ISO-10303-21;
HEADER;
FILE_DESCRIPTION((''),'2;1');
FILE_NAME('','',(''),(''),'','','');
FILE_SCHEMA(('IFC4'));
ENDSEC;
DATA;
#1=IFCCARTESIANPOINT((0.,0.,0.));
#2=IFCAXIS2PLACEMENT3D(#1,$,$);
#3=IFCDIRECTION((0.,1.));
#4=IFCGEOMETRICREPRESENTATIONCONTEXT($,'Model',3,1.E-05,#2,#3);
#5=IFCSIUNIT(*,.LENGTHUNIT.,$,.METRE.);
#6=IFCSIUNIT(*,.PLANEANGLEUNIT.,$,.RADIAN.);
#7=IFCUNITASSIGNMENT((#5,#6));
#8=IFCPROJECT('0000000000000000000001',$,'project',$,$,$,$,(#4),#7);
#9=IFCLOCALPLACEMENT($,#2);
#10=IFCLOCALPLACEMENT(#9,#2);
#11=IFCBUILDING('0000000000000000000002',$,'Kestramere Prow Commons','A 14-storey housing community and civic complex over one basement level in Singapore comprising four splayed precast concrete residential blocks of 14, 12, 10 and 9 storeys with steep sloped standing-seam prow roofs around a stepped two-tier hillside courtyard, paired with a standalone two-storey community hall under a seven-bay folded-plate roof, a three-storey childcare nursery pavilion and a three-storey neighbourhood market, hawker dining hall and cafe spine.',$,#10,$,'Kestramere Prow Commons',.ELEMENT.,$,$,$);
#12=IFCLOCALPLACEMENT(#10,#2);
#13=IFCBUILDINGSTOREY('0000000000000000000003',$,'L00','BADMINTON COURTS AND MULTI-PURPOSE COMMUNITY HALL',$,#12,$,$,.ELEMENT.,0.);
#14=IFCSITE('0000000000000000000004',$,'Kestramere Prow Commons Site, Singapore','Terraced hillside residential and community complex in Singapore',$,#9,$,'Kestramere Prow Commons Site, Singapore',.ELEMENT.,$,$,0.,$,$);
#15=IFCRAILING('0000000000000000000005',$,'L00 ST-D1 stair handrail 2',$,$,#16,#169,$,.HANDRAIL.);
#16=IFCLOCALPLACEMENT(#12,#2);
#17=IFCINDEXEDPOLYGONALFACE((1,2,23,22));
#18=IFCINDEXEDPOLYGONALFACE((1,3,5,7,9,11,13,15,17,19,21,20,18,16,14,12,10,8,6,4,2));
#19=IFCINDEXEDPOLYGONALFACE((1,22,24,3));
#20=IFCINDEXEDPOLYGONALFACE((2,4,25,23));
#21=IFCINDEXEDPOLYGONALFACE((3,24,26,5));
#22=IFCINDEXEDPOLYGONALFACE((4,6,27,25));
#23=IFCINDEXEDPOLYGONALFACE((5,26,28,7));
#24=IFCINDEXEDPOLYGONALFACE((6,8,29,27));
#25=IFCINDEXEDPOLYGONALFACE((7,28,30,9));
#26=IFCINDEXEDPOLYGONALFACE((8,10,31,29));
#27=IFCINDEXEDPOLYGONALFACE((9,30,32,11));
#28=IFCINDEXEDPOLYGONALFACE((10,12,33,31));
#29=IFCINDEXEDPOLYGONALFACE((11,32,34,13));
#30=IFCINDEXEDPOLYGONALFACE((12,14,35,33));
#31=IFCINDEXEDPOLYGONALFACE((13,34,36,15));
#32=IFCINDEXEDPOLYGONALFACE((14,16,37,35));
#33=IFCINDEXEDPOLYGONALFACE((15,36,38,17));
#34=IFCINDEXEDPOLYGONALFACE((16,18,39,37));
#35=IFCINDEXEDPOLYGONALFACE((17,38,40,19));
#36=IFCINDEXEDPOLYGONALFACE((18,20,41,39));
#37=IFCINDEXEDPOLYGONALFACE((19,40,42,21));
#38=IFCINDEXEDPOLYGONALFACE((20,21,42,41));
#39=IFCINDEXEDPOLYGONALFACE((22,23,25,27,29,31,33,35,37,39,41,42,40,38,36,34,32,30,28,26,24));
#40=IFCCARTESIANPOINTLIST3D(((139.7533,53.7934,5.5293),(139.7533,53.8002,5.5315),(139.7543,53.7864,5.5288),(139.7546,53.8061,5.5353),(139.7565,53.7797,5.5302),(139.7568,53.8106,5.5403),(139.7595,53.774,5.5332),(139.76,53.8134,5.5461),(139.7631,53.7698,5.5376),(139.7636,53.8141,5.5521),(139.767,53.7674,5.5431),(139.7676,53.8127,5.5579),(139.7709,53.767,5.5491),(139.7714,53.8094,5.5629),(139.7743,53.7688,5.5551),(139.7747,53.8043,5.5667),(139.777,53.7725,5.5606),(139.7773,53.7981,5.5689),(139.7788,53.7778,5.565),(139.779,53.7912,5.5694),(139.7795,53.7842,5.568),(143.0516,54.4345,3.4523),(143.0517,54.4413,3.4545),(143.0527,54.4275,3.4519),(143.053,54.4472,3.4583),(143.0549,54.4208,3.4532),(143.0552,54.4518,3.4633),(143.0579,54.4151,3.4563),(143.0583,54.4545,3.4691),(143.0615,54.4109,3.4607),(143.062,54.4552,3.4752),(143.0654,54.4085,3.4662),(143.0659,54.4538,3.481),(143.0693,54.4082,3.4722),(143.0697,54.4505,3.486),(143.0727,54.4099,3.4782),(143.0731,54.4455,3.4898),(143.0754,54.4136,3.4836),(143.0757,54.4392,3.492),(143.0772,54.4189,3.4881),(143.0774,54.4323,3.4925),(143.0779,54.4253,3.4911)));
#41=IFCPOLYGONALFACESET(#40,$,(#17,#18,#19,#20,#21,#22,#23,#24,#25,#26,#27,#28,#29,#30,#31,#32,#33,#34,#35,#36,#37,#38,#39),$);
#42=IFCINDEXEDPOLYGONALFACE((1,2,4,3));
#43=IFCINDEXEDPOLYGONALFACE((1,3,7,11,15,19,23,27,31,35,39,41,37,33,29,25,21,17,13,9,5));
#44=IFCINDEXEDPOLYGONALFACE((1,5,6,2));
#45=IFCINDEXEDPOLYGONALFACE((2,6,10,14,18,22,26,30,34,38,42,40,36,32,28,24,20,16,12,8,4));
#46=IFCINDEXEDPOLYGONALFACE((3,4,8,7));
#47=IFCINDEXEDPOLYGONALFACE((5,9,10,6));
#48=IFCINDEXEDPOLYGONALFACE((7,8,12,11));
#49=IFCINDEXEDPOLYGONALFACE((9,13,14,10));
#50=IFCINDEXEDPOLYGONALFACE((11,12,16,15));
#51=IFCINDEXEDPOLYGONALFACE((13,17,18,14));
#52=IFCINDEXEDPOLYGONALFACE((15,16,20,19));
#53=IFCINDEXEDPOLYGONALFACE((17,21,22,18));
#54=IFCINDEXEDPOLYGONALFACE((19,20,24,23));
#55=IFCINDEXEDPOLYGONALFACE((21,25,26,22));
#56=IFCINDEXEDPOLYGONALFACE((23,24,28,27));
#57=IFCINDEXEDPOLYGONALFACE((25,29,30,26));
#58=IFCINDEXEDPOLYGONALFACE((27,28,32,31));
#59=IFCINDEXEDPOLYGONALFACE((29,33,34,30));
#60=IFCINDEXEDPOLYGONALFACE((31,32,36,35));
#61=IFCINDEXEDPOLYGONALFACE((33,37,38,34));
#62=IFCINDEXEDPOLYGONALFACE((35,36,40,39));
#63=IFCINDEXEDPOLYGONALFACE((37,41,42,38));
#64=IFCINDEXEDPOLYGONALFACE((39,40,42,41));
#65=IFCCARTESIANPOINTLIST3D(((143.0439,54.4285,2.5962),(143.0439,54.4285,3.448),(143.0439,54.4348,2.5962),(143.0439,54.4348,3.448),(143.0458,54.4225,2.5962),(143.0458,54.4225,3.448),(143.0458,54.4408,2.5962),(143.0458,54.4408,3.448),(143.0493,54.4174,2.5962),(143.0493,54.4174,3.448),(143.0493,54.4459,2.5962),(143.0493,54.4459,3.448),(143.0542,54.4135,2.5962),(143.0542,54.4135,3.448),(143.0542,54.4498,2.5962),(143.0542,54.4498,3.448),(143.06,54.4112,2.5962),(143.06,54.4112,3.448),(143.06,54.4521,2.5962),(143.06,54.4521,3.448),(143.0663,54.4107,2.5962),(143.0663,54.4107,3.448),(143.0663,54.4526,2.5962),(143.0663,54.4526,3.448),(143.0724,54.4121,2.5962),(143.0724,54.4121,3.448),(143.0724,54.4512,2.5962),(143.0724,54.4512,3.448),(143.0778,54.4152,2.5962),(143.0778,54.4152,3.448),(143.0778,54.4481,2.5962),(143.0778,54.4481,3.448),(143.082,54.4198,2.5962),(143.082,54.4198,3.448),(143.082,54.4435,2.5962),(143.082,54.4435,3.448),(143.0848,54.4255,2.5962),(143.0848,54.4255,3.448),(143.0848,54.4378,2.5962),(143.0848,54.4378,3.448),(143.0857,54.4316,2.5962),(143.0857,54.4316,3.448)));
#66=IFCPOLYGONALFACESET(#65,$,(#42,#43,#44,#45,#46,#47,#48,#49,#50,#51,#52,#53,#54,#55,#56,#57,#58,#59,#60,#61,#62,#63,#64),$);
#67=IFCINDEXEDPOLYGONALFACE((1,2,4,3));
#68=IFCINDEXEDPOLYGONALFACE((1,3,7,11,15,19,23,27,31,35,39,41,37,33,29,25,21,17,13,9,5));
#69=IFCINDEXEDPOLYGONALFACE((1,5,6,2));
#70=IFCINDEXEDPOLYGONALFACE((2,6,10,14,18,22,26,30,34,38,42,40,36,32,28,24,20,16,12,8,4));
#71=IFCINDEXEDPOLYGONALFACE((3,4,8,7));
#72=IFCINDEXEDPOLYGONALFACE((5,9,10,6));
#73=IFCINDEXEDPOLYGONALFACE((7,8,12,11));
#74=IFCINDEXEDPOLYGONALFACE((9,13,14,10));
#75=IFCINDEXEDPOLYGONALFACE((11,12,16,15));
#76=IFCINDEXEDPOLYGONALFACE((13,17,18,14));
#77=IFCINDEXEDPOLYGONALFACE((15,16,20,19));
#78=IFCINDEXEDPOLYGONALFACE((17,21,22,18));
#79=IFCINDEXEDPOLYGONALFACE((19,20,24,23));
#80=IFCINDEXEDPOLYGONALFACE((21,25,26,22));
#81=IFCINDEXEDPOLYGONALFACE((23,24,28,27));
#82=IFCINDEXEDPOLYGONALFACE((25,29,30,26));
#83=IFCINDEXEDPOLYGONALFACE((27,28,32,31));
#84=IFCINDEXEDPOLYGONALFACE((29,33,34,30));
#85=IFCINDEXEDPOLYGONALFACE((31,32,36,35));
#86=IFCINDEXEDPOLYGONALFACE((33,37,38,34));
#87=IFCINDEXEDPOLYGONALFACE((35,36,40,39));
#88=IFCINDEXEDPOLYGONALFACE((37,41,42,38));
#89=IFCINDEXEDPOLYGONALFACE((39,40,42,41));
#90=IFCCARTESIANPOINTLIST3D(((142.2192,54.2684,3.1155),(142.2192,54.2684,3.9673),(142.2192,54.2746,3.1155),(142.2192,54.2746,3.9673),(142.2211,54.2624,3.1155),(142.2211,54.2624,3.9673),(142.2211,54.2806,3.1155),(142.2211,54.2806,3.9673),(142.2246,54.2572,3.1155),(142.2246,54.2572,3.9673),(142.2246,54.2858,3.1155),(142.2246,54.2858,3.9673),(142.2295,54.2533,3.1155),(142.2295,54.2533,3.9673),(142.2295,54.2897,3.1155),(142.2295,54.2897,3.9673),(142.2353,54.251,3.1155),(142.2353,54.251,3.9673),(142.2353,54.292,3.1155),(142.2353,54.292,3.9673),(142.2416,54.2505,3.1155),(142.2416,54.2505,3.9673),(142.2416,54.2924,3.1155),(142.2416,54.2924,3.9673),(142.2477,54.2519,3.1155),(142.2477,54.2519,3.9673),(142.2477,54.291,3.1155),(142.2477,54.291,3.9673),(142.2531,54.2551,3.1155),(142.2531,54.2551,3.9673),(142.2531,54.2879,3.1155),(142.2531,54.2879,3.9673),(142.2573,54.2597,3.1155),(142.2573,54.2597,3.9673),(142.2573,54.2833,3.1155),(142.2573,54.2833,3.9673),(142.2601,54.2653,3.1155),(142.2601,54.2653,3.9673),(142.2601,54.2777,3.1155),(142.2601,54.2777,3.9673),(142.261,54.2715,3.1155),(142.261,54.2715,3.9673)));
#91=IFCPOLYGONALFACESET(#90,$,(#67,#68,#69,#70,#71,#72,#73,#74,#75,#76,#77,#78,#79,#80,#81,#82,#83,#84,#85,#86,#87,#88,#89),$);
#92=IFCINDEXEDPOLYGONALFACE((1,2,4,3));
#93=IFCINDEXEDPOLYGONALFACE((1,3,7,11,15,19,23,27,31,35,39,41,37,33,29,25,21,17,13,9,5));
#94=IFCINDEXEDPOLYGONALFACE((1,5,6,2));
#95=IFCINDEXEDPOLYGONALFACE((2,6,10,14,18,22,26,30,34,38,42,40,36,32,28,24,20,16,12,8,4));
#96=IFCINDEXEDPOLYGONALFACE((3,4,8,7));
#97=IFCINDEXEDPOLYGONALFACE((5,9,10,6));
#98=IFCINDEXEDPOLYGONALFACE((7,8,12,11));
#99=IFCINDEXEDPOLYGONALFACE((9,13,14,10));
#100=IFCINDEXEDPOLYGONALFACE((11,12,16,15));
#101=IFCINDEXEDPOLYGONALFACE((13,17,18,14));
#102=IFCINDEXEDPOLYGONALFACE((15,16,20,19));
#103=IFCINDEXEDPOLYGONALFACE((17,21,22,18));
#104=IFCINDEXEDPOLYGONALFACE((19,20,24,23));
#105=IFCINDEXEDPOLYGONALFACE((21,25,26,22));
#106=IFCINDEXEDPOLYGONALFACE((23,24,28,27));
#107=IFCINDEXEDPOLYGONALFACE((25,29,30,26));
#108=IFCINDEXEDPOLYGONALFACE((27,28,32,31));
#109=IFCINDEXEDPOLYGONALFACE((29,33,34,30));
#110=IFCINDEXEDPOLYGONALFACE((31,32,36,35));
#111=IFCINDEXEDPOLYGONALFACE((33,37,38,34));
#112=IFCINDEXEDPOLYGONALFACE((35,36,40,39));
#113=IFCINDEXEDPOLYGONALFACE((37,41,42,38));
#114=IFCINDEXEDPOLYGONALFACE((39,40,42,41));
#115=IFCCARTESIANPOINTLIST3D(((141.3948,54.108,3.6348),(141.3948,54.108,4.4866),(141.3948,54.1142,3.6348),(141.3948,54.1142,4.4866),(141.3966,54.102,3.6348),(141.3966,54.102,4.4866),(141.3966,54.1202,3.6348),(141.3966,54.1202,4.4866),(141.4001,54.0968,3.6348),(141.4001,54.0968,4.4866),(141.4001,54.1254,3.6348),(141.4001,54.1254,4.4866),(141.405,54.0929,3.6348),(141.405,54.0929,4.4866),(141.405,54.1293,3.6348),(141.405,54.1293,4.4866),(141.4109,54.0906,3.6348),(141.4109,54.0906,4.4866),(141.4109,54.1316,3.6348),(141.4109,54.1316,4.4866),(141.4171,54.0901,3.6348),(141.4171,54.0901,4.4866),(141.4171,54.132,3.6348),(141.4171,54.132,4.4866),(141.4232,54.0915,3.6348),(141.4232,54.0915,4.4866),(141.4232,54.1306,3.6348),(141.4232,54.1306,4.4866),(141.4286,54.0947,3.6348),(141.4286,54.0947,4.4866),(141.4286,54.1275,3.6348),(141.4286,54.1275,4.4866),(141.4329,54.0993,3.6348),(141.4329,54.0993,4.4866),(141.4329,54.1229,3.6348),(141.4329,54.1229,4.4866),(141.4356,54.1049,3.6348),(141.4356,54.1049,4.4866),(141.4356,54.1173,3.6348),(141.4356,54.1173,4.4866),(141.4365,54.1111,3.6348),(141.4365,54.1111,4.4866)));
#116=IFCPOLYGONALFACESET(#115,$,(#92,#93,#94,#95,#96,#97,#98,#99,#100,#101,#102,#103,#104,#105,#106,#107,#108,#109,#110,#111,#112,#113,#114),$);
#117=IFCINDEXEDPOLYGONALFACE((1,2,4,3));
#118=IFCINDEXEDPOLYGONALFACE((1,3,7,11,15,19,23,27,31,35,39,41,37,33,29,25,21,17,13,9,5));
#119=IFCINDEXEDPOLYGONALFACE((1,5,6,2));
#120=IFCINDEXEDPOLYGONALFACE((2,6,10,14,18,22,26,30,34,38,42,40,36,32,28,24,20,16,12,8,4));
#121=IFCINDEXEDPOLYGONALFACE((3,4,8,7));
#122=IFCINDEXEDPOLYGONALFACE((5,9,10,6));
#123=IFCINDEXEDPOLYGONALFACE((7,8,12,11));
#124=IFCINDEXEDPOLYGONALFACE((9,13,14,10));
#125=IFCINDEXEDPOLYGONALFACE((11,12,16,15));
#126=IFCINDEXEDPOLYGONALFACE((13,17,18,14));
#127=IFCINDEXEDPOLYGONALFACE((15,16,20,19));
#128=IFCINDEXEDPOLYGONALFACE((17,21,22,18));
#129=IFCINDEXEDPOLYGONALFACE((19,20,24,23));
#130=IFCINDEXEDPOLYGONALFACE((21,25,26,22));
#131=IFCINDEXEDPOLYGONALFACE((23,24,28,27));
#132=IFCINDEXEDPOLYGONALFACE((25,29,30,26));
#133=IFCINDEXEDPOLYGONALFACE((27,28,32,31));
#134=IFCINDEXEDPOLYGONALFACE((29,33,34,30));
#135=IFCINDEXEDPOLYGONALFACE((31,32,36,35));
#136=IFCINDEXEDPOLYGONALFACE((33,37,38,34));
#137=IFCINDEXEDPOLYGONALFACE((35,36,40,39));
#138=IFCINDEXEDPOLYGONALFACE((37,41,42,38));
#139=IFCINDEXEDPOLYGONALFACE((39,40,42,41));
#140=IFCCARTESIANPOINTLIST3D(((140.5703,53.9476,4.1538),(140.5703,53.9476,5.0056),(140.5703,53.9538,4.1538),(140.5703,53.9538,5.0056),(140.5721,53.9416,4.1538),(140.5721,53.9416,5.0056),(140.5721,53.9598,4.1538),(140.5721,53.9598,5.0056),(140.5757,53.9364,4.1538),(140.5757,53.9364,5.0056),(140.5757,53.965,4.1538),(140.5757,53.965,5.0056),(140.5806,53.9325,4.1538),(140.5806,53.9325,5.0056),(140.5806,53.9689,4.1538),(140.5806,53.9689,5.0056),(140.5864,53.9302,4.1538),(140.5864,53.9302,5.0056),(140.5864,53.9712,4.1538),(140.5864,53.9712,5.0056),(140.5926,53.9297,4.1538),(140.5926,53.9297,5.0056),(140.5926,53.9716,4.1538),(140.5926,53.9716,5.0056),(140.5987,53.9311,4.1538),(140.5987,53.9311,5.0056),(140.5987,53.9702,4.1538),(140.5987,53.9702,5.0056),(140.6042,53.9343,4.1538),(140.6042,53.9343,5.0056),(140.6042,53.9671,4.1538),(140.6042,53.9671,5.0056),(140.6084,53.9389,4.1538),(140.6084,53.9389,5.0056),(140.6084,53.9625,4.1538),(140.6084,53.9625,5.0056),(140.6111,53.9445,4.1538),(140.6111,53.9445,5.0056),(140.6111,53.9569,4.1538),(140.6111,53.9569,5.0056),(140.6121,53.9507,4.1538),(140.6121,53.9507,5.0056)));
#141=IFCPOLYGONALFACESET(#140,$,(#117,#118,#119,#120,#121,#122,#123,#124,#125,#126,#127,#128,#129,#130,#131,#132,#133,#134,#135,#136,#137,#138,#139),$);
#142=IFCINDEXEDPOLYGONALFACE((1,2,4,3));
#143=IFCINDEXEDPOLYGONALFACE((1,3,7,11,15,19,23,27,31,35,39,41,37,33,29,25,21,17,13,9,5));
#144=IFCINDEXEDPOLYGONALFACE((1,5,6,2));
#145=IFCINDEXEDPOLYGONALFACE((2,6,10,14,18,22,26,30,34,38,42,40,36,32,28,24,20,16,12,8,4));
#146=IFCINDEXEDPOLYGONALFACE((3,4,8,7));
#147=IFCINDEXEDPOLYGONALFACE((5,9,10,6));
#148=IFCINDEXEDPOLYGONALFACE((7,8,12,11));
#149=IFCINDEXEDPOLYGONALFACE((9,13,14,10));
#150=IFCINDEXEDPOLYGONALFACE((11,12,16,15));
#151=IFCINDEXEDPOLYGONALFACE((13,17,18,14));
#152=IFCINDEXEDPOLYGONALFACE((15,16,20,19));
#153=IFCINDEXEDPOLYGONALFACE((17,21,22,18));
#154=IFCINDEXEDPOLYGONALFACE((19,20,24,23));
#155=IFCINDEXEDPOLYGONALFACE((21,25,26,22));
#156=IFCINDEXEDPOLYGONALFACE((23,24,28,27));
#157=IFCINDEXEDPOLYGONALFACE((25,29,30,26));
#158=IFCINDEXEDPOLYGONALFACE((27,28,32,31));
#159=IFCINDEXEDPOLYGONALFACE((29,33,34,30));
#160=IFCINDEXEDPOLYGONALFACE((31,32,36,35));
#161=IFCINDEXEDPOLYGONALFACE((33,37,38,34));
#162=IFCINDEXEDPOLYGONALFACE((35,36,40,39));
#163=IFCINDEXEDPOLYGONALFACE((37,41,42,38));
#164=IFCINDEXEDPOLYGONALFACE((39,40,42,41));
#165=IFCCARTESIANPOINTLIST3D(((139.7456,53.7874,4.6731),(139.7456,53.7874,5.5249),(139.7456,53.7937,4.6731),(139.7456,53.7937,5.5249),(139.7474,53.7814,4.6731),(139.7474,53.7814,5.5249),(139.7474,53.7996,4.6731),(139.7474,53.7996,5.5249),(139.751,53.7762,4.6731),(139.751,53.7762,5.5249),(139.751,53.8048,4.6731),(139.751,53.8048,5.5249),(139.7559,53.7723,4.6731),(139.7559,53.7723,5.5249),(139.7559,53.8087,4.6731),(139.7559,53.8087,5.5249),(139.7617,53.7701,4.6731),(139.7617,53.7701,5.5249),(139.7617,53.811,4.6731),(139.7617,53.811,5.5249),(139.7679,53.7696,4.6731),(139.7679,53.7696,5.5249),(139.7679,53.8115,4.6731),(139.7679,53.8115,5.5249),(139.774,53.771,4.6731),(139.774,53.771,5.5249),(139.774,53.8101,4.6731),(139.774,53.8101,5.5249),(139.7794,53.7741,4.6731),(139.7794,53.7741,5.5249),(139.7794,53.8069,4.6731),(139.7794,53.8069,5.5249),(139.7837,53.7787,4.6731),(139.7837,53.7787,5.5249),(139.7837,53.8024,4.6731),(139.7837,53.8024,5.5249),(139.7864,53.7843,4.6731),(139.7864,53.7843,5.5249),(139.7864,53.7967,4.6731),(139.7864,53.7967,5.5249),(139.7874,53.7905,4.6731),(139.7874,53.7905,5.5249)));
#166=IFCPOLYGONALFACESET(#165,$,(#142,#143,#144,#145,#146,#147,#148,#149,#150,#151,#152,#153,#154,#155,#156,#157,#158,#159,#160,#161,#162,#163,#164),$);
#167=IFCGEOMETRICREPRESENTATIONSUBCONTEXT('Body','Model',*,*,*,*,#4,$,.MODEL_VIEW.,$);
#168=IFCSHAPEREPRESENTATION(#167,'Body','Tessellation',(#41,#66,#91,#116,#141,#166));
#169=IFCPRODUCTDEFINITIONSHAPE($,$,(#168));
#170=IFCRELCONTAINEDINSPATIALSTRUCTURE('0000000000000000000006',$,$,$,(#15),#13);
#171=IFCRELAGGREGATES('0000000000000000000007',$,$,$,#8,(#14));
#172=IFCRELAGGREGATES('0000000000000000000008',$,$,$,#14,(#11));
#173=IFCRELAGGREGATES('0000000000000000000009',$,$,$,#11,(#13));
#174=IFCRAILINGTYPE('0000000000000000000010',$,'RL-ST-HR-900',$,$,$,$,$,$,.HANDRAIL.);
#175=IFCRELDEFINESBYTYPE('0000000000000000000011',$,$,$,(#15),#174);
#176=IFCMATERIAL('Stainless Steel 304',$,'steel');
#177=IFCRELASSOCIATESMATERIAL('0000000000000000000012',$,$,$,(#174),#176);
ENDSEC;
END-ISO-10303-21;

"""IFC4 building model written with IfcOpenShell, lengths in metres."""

from ifc_helpers import new_model, si_unit, direction, frame, origin, origin_2d, place, context, subcontext, project, spatial, circle, extrude, material, type_object, element, save


model = new_model("IFC4")

# Units and contexts
model_context = context("Model", 3, precision=1e-05, world=origin(), true_north=direction((0.0, 1.0)))
body_context = subcontext(model_context, "Body", "Model", "MODEL_VIEW")
ifc_project = project(units=[si_unit("LENGTHUNIT", "METRE"), si_unit("PLANEANGLEUNIT", "RADIAN")], contexts=[model_context])

# Site, building, storey
site_placement = place(None, origin())
site = spatial("IfcSite", under=ifc_project, at=site_placement, Name="Kestramere Prow Commons Site, Singapore", Description="Terraced hillside residential and community complex in Singapore", LongName="Kestramere Prow Commons Site, Singapore", CompositionType="ELEMENT", RefElevation=0.0)
building_placement = place(site_placement, origin())
building = spatial("IfcBuilding", under=site, at=building_placement, Name="Kestramere Prow Commons", Description="A 14-storey housing community and civic complex over one basement level in Singapore comprising four splayed precast concrete residential blocks of 14, 12, 10 and 9 storeys with steep sloped standing-seam prow roofs around a stepped two-tier hillside courtyard, paired with a standalone two-storey community hall under a seven-bay folded-plate roof, a three-storey childcare nursery pavilion and a three-storey neighbourhood market, hawker dining hall and cafe spine.", LongName="Kestramere Prow Commons", CompositionType="ELEMENT")
storey_placement = place(building_placement, origin())
storey = spatial("IfcBuildingStorey", under=building, at=storey_placement, Name="L00", Description="BADMINTON COURTS AND MULTI-PURPOSE COMMUNITY HALL", CompositionType="ELEMENT", Elevation=0.0)

# Railing
ifc_material_1 = material(Name="Stainless Steel 304", Category="steel")
railing_type_1 = type_object("IfcRailingType", Name="RL-ST-HR-900", PredefinedType="HANDRAIL", material=ifc_material_1)
railing_1_placement = place(storey_placement, frame((143.0647, 54.4316, 2.5962)))
element("IfcRailing", 1, at=railing_1_placement, inside=storey, type_object=railing_type_1, Name="L00 ST-D1 stair handrail 2", PredefinedType="HANDRAIL", context=body_context, shape_type="SweptSolid", body=[
    extrude(circle(Radius=0.0239, at=origin_2d()), frame((0.0, 0.0, 0.876), z_axis=(-0.834993, -0.162301, 0.52578), x_axis=(0.190804, -0.981628, 0.0)), (0.0, 0.0, 1.0), 3.9502),
    extrude(circle(Radius=0.021, at=origin_2d()), origin(), (0.0, 0.0, 1.0), 0.8518),
    extrude(circle(Radius=0.021, at=origin_2d()), frame((-0.8247, -0.1602, 0.5193)), (0.0, 0.0, 1.0), 0.8518),
    extrude(circle(Radius=0.021, at=origin_2d()), frame((-1.6492, -0.3206, 1.0386)), (0.0, 0.0, 1.0), 0.8518),
    extrude(circle(Radius=0.021, at=origin_2d()), frame((-2.4736, -0.481, 1.5576)), (0.0, 0.0, 1.0), 0.8518),
    extrude(circle(Radius=0.021, at=origin_2d()), frame((-3.2983, -0.6411, 2.0769)), (0.0, 0.0, 1.0), 0.8518),
])

save(model, "model.ifc")
